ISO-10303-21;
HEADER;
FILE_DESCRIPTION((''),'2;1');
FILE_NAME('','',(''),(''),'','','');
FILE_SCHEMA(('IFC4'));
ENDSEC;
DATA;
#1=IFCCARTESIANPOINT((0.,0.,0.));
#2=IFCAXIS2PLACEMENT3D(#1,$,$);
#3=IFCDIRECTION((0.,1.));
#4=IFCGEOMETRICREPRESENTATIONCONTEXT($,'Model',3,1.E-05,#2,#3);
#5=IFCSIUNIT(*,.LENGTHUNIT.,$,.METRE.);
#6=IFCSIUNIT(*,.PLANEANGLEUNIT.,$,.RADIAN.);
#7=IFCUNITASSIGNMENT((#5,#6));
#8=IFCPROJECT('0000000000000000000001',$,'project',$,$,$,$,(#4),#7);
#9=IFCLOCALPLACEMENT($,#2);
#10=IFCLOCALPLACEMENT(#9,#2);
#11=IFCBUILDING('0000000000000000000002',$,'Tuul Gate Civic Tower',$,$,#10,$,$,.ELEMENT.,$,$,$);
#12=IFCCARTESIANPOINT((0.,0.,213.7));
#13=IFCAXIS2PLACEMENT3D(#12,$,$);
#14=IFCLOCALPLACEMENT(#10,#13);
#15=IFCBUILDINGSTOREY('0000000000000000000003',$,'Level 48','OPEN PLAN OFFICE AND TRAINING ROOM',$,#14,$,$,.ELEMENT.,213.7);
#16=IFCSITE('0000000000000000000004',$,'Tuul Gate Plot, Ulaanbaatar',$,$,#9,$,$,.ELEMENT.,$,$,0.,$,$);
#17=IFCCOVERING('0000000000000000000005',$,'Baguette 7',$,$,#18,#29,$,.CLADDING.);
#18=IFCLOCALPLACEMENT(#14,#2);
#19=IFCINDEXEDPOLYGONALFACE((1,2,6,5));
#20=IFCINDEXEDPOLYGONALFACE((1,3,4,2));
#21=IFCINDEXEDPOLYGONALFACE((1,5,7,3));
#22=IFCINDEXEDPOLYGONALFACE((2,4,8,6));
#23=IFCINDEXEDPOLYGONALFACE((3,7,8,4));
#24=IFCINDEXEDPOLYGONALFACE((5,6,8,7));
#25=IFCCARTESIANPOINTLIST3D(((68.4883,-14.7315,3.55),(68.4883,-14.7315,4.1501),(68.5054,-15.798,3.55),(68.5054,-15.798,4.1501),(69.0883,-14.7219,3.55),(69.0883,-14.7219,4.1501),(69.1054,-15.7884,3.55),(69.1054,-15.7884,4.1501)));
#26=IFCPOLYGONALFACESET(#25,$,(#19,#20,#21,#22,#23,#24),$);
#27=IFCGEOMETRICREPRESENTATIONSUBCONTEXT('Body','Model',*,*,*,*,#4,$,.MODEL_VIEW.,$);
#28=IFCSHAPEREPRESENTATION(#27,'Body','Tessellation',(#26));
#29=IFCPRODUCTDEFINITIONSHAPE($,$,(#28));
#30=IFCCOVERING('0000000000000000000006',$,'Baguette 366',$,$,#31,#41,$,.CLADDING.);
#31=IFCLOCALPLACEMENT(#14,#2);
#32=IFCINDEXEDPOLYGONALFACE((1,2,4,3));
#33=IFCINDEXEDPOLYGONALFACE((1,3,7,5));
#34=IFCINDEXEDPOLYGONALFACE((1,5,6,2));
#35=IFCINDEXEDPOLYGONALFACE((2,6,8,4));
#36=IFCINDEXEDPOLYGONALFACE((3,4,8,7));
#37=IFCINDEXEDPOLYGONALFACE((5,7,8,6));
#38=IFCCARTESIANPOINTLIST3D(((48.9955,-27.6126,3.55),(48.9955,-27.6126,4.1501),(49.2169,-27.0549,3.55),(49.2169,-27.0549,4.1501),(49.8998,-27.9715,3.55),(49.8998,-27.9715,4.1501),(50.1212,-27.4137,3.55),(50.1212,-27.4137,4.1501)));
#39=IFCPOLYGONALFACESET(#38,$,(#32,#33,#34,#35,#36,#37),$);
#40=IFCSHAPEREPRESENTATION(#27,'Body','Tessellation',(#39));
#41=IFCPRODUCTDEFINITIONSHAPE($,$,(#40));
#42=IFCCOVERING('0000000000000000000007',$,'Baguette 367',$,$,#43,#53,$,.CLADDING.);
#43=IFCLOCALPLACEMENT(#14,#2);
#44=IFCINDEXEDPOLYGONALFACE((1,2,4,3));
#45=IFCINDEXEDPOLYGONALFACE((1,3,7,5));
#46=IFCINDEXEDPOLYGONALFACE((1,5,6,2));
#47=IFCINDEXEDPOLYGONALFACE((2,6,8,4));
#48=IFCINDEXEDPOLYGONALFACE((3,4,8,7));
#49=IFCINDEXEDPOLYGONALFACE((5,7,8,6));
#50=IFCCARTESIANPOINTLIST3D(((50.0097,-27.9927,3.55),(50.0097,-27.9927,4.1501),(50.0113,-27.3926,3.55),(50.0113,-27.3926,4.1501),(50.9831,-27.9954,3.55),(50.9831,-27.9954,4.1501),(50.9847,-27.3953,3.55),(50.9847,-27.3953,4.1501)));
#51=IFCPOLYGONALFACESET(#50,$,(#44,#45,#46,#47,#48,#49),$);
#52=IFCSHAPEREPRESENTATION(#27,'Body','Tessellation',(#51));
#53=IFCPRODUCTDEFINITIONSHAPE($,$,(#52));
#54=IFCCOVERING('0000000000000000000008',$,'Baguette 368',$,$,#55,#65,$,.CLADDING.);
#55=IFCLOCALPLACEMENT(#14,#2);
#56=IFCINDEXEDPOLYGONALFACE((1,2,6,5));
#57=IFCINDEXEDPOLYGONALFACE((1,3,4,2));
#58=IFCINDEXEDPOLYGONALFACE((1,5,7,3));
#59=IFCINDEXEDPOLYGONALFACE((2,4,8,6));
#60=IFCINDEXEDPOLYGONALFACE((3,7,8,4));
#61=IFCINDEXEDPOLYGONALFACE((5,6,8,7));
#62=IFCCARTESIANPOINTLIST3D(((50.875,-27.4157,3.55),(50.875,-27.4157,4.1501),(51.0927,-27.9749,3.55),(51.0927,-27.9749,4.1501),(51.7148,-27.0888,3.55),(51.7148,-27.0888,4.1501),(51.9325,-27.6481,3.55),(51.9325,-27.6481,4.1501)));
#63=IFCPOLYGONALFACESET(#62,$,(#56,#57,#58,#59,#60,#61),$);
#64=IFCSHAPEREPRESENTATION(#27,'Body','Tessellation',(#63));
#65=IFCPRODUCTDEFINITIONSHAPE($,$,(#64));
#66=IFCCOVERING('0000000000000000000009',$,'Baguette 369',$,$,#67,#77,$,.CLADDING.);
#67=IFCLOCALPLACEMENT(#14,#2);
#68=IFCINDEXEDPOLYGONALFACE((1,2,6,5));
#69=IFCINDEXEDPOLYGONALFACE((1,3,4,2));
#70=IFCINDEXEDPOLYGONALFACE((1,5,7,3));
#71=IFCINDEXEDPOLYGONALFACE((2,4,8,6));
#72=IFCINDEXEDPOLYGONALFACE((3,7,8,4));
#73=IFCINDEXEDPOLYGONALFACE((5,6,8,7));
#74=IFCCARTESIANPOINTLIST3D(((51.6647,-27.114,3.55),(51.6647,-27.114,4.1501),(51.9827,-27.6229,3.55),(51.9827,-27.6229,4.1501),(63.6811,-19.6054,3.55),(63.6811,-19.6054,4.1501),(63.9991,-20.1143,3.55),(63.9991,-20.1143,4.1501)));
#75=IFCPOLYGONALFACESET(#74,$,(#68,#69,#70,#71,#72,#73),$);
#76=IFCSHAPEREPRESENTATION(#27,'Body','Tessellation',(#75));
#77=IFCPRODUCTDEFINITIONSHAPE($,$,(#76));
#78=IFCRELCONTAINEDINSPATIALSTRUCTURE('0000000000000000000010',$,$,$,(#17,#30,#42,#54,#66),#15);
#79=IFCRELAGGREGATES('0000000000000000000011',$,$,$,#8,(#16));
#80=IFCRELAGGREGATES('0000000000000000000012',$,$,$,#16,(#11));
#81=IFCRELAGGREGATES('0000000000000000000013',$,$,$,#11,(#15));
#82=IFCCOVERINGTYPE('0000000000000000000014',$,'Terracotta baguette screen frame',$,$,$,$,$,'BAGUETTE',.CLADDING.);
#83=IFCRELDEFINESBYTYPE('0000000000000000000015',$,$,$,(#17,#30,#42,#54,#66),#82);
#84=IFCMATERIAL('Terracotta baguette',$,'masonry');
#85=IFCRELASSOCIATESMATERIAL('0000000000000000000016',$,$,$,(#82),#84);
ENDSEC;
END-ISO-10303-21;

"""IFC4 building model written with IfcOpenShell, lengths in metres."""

from ifc_helpers import new_model, si_unit, direction, frame, origin, origin_2d, place, context, subcontext, project, spatial, rectangle, extrude, material, material_profile, profile_set, type_object, element, save


model = new_model("IFC4")

# Units and contexts
model_context = context("Model", 3, precision=1e-05, world=origin(), true_north=direction((0.0, 1.0)))
body_context = subcontext(model_context, "Body", "Model", "MODEL_VIEW")
ifc_project = project(units=[si_unit("LENGTHUNIT", "METRE"), si_unit("PLANEANGLEUNIT", "RADIAN")], contexts=[model_context])

# Site, building, storey
site_placement = place(None, origin())
site = spatial("IfcSite", under=ifc_project, at=site_placement, Name="Tuul Gate Plot, Ulaanbaatar", CompositionType="ELEMENT", RefElevation=0.0)
building_placement = place(site_placement, origin())
building = spatial("IfcBuilding", under=site, at=building_placement, Name="Tuul Gate Civic Tower", CompositionType="ELEMENT")
storey_placement = place(building_placement, frame((0.0, 0.0, 213.7)))
storey = spatial("IfcBuildingStorey", under=building, at=storey_placement, Name="Level 48", Description="OPEN PLAN OFFICE AND TRAINING ROOM", CompositionType="ELEMENT", Elevation=213.7)

# Coverings
ifc_material_1 = material(Name="Terracotta baguette", Category="masonry")
ifc_material_profile_1 = material_profile(ifc_material_1, rectangle(XDim=0.6001, YDim=0.6001, at=origin_2d()), Name="Terracotta baguette screen frame")
ifc_profile_set_1 = profile_set([ifc_material_profile_1], Name="Terracotta baguette")
covering_type = type_object("IfcCoveringType", Name="Terracotta baguette screen frame", ElementType="BAGUETTE", PredefinedType="CLADDING", material=ifc_profile_set_1)
covering_1_placement = place(storey_placement, frame((68.8054, -15.7932, 3.8501), z_axis=(-0.016024, 0.999872, 0.0), x_axis=(-0.999872, -0.016024, 0.0)))
element("IfcCovering", 1, at=covering_1_placement, inside=storey, type_object=covering_type, Name="Baguette 7", PredefinedType="CLADDING", context=body_context, shape_type="SweptSolid", body=[
    extrude(rectangle(XDim=0.6001, YDim=0.6001, at=origin_2d()), origin(), (0.0, 0.0, 1.0), 1.0667),
])
covering_2_placement = place(storey_placement, frame((49.1062, -27.3337, 3.8501), z_axis=(0.929477, -0.36888, 0.0), x_axis=(0.36888, 0.929477, 0.0)))
element("IfcCovering", 2, at=covering_2_placement, inside=storey, type_object=covering_type, Name="Baguette 366", PredefinedType="CLADDING", context=body_context, shape_type="SweptSolid", body=[
    extrude(rectangle(XDim=0.6001, YDim=0.6001, at=origin_2d()), origin(), (0.0, 0.0, 1.0), 0.9729),
])
covering_3_placement = place(storey_placement, frame((50.0105, -27.6926, 3.8501), z_axis=(0.999996, -0.002759, 0.0), x_axis=(0.002759, 0.999996, 0.0)))
element("IfcCovering", 3, at=covering_3_placement, inside=storey, type_object=covering_type, Name="Baguette 367", PredefinedType="CLADDING", context=body_context, shape_type="SweptSolid", body=[
    extrude(rectangle(XDim=0.6001, YDim=0.6001, at=origin_2d()), origin(), (0.0, 0.0, 1.0), 0.9734),
])
covering_4_placement = place(storey_placement, frame((50.9839, -27.6953, 3.8501), z_axis=(0.931893, 0.362734, 0.0), x_axis=(-0.362734, 0.931893, 0.0)))
element("IfcCovering", 4, at=covering_4_placement, inside=storey, type_object=covering_type, Name="Baguette 368", PredefinedType="CLADDING", context=body_context, shape_type="SweptSolid", body=[
    extrude(rectangle(XDim=0.6001, YDim=0.6001, at=origin_2d()), origin(), (0.0, 0.0, 1.0), 0.9011),
])
covering_5_placement = place(storey_placement, frame((51.8237, -27.3684, 3.8501), z_axis=(0.848052, 0.529914, 0.0), x_axis=(-0.529914, 0.848052, 0.0)))
element("IfcCovering", 5, at=covering_5_placement, inside=storey, type_object=covering_type, Name="Baguette 369", PredefinedType="CLADDING", context=body_context, shape_type="SweptSolid", body=[
    extrude(rectangle(XDim=0.6001, YDim=0.6001, at=origin_2d()), origin(), (0.0, 0.0, 1.0), 14.1694),
])

save(model, "model.ifc")
